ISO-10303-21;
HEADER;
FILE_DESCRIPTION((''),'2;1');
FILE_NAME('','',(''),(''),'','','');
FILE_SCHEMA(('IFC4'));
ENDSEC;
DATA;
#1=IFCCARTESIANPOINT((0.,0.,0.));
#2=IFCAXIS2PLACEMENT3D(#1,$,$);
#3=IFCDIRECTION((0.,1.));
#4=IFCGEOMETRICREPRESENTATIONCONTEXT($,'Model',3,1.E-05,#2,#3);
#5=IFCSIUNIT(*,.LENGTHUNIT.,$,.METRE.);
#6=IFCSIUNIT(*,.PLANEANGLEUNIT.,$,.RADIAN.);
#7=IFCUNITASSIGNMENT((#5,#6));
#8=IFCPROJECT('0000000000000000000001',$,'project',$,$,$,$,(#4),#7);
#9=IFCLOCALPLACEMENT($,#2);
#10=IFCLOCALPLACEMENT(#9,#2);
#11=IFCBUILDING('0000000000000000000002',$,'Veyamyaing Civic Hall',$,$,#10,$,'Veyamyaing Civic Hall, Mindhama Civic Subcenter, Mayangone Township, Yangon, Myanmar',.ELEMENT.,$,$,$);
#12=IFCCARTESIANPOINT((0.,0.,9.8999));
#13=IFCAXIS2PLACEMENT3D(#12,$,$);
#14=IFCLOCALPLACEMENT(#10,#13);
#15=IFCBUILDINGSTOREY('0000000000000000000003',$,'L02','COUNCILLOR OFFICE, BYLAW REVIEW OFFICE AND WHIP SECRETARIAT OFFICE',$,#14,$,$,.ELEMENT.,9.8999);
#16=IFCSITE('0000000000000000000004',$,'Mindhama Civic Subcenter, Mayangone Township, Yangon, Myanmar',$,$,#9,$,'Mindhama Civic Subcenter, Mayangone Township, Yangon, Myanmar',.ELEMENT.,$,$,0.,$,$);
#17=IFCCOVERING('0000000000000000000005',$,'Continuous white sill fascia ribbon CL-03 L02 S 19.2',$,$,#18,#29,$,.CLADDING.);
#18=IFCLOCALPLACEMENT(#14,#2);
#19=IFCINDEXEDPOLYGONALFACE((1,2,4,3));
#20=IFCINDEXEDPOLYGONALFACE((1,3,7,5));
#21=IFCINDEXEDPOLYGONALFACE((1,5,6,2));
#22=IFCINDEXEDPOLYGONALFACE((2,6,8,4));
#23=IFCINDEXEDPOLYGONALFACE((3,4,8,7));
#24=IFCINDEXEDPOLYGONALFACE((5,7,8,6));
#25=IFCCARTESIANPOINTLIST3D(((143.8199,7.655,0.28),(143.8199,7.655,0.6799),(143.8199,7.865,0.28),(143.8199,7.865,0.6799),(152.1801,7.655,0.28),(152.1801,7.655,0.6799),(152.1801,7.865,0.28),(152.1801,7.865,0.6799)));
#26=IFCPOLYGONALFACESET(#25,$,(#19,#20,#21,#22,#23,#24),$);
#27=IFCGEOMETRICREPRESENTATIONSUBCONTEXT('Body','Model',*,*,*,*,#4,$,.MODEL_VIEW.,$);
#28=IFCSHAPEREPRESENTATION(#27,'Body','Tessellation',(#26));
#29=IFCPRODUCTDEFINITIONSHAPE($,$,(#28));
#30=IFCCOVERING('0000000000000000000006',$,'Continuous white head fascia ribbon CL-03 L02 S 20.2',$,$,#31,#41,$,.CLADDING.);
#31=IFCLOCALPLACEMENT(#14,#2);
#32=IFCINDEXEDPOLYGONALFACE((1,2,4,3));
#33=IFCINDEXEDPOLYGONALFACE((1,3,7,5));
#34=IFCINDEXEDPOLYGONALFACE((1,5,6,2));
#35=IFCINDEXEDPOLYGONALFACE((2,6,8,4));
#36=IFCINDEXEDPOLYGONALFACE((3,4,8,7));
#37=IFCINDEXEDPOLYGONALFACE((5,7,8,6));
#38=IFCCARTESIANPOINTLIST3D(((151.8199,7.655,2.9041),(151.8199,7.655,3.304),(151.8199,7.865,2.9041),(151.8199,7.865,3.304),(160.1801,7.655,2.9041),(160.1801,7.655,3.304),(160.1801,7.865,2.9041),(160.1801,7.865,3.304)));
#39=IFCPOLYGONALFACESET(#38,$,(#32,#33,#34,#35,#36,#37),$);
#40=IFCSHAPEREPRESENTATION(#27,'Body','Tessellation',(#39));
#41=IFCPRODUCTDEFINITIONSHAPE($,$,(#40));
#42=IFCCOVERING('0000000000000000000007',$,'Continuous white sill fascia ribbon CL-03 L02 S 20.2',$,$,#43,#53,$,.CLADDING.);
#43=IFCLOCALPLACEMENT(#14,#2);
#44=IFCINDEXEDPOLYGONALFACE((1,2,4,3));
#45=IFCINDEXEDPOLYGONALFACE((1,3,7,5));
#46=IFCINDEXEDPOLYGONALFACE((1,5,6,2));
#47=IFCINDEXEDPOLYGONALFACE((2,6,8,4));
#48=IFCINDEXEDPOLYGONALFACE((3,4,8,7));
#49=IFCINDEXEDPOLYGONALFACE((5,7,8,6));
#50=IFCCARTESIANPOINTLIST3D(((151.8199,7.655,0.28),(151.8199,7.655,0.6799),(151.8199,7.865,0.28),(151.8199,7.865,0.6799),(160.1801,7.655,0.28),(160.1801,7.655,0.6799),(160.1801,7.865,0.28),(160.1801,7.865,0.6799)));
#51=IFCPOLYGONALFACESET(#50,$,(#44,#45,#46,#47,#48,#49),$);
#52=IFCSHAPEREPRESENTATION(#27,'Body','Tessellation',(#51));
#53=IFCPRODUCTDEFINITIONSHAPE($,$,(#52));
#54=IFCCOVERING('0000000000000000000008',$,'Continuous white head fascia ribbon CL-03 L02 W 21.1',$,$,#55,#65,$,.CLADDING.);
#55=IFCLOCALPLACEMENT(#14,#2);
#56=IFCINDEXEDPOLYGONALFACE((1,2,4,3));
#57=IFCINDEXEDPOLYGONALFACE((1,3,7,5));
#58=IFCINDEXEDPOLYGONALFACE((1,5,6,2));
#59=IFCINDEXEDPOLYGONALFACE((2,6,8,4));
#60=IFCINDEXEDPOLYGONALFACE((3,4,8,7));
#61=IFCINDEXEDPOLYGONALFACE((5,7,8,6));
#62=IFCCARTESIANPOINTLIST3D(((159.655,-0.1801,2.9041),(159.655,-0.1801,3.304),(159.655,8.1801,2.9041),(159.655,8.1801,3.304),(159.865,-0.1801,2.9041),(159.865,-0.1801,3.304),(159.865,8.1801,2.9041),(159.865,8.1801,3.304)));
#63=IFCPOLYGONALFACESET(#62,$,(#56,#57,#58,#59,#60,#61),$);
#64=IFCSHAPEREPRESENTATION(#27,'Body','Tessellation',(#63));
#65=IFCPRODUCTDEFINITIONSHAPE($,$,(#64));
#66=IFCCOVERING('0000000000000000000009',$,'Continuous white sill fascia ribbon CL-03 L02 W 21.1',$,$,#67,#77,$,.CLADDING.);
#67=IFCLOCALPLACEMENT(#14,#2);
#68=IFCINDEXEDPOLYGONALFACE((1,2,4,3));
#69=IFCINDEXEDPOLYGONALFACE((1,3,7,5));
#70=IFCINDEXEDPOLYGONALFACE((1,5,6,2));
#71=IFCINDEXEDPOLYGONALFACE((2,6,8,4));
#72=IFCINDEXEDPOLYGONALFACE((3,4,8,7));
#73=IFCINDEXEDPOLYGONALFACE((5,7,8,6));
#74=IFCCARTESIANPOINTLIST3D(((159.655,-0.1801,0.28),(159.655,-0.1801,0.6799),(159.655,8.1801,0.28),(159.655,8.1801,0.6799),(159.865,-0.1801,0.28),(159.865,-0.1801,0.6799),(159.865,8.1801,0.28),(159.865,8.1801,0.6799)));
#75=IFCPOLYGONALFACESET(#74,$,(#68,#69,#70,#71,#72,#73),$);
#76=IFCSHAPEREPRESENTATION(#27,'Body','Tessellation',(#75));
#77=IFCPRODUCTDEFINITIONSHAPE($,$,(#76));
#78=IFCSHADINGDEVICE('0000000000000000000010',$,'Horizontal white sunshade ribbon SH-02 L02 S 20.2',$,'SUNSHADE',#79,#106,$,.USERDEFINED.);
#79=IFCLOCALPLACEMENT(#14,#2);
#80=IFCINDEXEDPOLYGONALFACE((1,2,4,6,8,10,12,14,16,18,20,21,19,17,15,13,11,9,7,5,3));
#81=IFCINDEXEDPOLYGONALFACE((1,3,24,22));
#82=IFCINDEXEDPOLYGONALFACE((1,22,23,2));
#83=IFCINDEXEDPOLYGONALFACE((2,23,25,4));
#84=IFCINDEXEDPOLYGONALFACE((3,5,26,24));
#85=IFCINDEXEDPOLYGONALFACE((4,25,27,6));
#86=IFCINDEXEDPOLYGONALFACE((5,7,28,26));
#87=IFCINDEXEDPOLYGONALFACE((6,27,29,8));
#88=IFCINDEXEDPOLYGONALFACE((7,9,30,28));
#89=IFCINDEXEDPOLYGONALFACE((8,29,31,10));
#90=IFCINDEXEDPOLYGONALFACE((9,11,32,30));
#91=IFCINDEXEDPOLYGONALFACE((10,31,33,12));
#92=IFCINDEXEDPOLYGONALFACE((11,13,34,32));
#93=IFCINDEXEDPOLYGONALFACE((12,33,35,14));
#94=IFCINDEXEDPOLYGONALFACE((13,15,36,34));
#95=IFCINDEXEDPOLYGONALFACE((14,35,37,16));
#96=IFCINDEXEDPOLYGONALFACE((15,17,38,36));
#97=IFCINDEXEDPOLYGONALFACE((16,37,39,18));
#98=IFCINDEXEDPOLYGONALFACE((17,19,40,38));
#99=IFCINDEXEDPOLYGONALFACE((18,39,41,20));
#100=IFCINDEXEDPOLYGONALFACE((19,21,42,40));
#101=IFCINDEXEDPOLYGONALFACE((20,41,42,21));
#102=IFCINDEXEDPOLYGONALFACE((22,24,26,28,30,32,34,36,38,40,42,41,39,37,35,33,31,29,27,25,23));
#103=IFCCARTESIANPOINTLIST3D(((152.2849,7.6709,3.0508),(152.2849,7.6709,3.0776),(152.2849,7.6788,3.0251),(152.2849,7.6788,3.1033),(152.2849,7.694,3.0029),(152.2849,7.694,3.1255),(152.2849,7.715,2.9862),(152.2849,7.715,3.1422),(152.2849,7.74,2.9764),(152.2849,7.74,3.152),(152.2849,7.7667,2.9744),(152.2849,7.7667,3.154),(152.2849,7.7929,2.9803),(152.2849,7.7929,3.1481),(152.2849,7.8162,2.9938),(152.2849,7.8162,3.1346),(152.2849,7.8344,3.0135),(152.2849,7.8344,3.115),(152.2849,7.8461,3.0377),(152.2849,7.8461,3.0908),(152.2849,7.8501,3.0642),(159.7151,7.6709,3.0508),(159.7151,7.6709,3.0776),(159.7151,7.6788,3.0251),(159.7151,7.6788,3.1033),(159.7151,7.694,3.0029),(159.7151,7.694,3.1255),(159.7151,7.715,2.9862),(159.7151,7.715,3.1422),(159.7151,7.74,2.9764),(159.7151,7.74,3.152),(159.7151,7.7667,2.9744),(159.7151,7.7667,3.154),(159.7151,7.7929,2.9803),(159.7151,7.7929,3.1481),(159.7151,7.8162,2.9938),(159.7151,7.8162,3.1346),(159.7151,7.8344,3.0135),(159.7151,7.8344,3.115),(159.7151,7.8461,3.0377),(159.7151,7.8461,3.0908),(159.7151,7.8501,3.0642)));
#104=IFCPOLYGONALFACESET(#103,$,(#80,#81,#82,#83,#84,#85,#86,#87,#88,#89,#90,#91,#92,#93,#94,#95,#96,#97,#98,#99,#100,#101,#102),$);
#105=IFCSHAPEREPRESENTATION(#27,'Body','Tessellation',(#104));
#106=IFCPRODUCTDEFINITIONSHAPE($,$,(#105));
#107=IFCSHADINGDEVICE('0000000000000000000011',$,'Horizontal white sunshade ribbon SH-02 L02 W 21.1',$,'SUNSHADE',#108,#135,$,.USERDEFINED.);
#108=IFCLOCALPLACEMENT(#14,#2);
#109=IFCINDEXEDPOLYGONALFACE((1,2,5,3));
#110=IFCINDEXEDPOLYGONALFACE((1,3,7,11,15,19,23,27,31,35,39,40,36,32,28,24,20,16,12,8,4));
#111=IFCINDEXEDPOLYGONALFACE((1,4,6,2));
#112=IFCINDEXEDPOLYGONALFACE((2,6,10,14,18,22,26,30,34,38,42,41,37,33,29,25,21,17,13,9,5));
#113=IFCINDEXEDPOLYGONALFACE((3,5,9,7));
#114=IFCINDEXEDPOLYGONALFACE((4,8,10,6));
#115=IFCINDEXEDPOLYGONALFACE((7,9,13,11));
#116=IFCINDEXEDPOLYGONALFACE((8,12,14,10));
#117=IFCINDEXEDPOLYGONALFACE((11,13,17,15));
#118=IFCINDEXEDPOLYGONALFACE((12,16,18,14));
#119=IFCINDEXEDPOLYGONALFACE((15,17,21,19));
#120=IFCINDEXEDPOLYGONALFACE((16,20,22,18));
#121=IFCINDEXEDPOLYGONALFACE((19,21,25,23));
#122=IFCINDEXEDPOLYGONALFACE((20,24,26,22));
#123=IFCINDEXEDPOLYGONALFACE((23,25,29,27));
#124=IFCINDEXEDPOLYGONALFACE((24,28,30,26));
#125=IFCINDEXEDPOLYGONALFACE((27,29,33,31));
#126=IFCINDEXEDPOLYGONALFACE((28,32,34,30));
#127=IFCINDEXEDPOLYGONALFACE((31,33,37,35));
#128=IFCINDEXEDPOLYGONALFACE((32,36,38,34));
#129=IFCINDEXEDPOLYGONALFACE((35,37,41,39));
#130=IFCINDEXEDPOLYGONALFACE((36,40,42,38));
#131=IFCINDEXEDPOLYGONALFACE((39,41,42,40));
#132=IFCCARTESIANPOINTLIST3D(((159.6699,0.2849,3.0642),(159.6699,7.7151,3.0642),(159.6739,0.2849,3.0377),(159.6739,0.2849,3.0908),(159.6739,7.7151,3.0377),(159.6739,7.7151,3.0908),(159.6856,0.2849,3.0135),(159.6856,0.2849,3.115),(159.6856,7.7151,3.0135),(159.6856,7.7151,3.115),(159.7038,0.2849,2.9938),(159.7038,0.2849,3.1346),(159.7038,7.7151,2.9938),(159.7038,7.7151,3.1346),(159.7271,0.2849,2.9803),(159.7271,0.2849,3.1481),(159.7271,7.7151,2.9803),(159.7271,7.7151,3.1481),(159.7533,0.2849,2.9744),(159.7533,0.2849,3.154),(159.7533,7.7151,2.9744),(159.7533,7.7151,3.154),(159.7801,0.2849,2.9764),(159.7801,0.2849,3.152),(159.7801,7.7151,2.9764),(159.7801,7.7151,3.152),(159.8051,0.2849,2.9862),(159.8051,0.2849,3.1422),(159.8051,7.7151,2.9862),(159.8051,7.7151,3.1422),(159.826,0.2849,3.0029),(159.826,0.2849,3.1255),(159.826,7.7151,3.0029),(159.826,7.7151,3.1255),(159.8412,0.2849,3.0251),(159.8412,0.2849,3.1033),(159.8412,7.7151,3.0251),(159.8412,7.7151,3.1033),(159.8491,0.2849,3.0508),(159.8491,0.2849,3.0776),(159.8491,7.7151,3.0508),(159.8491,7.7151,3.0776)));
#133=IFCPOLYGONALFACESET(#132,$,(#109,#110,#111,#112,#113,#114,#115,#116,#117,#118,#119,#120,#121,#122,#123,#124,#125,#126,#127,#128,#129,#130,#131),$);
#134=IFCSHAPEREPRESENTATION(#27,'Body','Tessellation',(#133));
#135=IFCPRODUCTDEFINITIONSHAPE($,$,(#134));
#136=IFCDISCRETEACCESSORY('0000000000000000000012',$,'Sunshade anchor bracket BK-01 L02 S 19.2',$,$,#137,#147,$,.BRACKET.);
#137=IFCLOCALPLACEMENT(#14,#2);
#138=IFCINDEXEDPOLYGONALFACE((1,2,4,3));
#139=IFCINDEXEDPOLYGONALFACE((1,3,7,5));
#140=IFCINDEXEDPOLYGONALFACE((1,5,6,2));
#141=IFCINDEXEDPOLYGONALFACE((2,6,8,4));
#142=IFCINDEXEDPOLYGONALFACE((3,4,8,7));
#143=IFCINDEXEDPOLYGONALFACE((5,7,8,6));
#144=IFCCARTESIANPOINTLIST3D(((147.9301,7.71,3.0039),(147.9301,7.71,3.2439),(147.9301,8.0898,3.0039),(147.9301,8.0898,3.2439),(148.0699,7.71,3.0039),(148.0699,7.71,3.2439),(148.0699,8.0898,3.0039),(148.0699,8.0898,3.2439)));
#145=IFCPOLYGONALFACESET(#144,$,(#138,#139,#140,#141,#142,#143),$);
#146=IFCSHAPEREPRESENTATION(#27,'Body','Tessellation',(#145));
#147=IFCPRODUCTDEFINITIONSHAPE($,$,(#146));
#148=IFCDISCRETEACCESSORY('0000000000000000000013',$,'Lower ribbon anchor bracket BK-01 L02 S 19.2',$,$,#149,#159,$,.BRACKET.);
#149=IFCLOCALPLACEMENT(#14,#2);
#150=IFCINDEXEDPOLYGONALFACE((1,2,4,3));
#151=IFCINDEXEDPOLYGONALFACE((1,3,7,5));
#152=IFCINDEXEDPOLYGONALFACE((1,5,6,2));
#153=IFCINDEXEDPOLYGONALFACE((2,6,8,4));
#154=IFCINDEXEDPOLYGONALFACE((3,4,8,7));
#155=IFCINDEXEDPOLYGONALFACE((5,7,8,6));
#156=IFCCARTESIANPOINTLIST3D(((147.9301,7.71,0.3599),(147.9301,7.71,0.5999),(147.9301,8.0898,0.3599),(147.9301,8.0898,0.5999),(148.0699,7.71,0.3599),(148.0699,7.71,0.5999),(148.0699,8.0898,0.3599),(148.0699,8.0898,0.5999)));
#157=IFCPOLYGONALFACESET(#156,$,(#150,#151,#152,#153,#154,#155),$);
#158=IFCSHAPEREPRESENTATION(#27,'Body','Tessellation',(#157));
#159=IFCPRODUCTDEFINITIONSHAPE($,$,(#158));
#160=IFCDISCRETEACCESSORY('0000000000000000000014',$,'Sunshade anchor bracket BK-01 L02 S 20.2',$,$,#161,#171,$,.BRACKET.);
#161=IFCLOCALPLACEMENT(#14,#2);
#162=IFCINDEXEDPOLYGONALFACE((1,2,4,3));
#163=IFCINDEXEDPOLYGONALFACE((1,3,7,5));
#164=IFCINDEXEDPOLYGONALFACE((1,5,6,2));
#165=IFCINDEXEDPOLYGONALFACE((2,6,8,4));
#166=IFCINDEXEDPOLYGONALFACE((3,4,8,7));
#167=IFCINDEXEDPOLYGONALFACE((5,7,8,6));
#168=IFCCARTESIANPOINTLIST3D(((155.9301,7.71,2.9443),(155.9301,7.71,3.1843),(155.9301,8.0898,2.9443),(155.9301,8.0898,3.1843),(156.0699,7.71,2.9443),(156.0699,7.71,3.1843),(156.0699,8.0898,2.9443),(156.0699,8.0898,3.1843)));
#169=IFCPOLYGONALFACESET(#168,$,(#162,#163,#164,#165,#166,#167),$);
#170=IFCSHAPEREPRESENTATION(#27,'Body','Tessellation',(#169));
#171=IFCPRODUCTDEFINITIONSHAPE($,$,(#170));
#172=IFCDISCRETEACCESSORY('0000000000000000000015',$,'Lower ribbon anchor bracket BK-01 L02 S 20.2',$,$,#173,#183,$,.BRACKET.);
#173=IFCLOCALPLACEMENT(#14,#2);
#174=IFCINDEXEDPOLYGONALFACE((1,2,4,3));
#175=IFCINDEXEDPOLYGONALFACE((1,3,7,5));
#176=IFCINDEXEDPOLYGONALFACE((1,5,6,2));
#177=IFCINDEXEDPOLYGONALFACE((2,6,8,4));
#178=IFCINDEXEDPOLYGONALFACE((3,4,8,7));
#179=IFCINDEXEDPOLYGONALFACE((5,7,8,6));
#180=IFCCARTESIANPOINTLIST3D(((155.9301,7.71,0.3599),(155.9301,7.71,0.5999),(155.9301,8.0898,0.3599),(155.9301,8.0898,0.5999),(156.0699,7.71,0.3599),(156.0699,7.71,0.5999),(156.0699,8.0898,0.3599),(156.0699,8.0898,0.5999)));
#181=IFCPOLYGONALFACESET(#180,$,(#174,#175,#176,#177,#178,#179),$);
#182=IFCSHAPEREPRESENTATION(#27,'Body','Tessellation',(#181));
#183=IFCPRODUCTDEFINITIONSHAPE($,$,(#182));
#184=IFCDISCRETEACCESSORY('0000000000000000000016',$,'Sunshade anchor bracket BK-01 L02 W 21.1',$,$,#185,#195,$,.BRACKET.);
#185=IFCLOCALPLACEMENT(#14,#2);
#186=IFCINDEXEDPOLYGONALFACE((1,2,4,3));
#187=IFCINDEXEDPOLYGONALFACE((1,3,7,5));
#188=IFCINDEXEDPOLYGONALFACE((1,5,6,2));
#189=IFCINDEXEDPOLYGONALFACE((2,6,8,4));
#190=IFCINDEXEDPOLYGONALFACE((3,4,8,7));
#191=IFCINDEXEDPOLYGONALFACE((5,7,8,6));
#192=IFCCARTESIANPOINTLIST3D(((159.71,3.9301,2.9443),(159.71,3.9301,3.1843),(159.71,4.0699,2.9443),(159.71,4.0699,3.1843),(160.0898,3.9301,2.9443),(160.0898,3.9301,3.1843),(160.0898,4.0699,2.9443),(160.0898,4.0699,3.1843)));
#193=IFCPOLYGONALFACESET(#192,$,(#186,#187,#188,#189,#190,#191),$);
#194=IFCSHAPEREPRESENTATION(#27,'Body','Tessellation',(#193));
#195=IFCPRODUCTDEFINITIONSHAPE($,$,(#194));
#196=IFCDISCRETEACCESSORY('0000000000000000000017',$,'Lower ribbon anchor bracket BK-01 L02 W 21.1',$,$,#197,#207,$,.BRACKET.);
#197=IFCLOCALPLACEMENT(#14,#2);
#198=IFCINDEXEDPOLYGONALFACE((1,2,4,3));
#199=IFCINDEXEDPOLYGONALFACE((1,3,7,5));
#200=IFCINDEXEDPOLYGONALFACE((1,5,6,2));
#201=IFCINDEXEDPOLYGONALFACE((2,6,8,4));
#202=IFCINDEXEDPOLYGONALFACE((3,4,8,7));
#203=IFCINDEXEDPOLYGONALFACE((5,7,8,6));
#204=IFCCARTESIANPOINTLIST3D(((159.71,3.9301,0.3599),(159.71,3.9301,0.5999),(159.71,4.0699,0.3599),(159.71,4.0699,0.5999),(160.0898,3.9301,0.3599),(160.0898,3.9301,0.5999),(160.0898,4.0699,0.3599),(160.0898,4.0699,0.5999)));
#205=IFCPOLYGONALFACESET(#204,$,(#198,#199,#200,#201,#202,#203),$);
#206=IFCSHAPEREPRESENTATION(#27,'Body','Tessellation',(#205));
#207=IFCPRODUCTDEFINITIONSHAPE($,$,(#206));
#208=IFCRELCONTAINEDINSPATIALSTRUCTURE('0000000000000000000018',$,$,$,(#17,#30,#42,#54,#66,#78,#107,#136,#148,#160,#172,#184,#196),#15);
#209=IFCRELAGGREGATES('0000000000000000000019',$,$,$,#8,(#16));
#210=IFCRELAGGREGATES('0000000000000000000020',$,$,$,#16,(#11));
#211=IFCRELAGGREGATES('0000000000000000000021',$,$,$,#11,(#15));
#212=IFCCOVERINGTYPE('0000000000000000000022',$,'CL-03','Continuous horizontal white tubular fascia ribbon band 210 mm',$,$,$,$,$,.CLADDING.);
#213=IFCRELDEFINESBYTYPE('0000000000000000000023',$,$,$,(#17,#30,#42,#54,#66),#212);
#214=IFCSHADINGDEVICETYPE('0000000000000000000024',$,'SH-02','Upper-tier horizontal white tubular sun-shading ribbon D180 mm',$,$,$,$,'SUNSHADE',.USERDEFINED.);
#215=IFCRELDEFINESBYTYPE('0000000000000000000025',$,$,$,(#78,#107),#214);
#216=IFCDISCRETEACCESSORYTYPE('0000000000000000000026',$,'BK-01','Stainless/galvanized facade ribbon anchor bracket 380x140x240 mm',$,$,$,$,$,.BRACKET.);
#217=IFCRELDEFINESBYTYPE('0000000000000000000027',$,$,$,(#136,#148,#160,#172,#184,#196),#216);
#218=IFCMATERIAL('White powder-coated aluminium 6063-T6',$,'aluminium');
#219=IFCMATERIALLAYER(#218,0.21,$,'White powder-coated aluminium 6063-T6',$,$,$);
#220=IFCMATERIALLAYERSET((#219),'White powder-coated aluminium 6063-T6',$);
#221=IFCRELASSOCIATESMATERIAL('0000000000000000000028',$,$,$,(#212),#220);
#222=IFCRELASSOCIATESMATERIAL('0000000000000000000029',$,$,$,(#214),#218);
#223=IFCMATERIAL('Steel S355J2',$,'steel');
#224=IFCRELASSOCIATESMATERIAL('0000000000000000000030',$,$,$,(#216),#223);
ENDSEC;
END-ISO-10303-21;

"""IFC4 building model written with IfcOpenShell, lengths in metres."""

from ifc_helpers import new_model, si_unit, direction, frame, origin, origin_2d, place, context, subcontext, project, spatial, rectangle, circle, extrude, material, layer, layer_set, material_profile, profile_set, type_object, element, save


model = new_model("IFC4")

# Units and contexts
model_context = context("Model", 3, precision=1e-05, world=origin(), true_north=direction((0.0, 1.0)))
body_context = subcontext(model_context, "Body", "Model", "MODEL_VIEW")
ifc_project = project(units=[si_unit("LENGTHUNIT", "METRE"), si_unit("PLANEANGLEUNIT", "RADIAN")], contexts=[model_context])

# Site, building, storey
site_placement = place(None, origin())
site = spatial("IfcSite", under=ifc_project, at=site_placement, Name="Mindhama Civic Subcenter, Mayangone Township, Yangon, Myanmar", LongName="Mindhama Civic Subcenter, Mayangone Township, Yangon, Myanmar", CompositionType="ELEMENT", RefElevation=0.0)
building_placement = place(site_placement, origin())
building = spatial("IfcBuilding", under=site, at=building_placement, Name="Veyamyaing Civic Hall", LongName="Veyamyaing Civic Hall, Mindhama Civic Subcenter, Mayangone Township, Yangon, Myanmar", CompositionType="ELEMENT")
storey_placement = place(building_placement, frame((0.0, 0.0, 9.8999)))
storey = spatial("IfcBuildingStorey", under=building, at=storey_placement, Name="L02", Description="COUNCILLOR OFFICE, BYLAW REVIEW OFFICE AND WHIP SECRETARIAT OFFICE", CompositionType="ELEMENT", Elevation=9.8999)

# Coverings
ifc_material_1 = material(Name="White powder-coated aluminium 6063-T6", Category="aluminium")
ifc_layer_1 = layer(ifc_material_1, 0.21, Name="White powder-coated aluminium 6063-T6")
ifc_layer_set_1 = layer_set([ifc_layer_1], Name="White powder-coated aluminium 6063-T6")
covering_type_1 = type_object("IfcCoveringType", Name="CL-03", Description="Continuous horizontal white tubular fascia ribbon band 210 mm", PredefinedType="CLADDING", material=ifc_layer_set_1)
for number, where, z_axis, x_axis, name in (
    (1, (148.0, 7.76, 0.28), (0.0, 0.0, 1.0), (1.0, 0.0, 0.0), "Continuous white sill fascia ribbon CL-03 L02 S 19.2"),
    (2, (156.0, 7.76, 2.9041), (0.0, 0.0, 1.0), (1.0, 0.0, 0.0), "Continuous white head fascia ribbon CL-03 L02 S 20.2"),
    (3, (156.0, 7.76, 0.28), (0.0, 0.0, 1.0), (1.0, 0.0, 0.0), "Continuous white sill fascia ribbon CL-03 L02 S 20.2"),
    (4, (159.76, 4.0, 2.9041), (0.0, 0.0, 1.0), (0.0, 1.0, 0.0), "Continuous white head fascia ribbon CL-03 L02 W 21.1"),
    (5, (159.76, 4.0, 0.28), (0.0, 0.0, 1.0), (0.0, 1.0, 0.0), "Continuous white sill fascia ribbon CL-03 L02 W 21.1"),
):
    element("IfcCovering", number, at=place(storey_placement, frame(where, z_axis=z_axis, x_axis=x_axis)), inside=storey, type_object=covering_type_1, Name=name, PredefinedType="CLADDING", context=body_context, shape_type="SweptSolid", body=[
        extrude(rectangle(XDim=8.3601, YDim=0.21, at=origin_2d()), origin(), (0.0, 0.0, 1.0), 0.3999),
    ])

# Shading devices
ifc_material_profile_1 = material_profile(ifc_material_1, circle(Radius=0.0901, at=origin_2d()), Name="SHADE-TUBE-180")
ifc_profile_set_1 = profile_set([ifc_material_profile_1], Name="White powder-coated aluminium 6063-T6")
shading_device_type = type_object("IfcShadingDeviceType", Name="SH-02", Description="Upper-tier horizontal white tubular sun-shading ribbon D180 mm", ElementType="SUNSHADE", PredefinedType="USERDEFINED", material=ifc_profile_set_1)
for number, where, z_axis, x_axis, name in (
    (6, (152.2849, 7.76, 3.0642), (1.0, 0.0, 0.0), (0.0, 1.0, 0.0), "Horizontal white sunshade ribbon SH-02 L02 S 20.2"),
    (7, (159.76, 0.2849, 3.0642), (0.0, 1.0, 0.0), (-1.0, 0.0, 0.0), "Horizontal white sunshade ribbon SH-02 L02 W 21.1"),
):
    element("IfcShadingDevice", number, at=place(storey_placement, frame(where, z_axis=z_axis, x_axis=x_axis)), inside=storey, type_object=shading_device_type, Name=name, ObjectType="SUNSHADE", PredefinedType="USERDEFINED", context=body_context, shape_type="SweptSolid", body=[
        extrude(circle(Radius=0.0901, at=origin_2d()), origin(), (0.0, 0.0, 1.0), 7.4302),
    ])

# Discrete accessories
ifc_material_2 = material(Name="Steel S355J2", Category="steel")
discrete_accessory_type = type_object("IfcDiscreteAccessoryType", Name="BK-01", Description="Stainless/galvanized facade ribbon anchor bracket 380x140x240 mm", PredefinedType="BRACKET", material=ifc_material_2)
for number, where, z_axis, x_axis, name in (
    (8, (148.0, 7.8999, 3.0039), (0.0, 0.0, 1.0), (0.0, -1.0, 0.0), "Sunshade anchor bracket BK-01 L02 S 19.2"),
    (9, (148.0, 7.8999, 0.3599), (0.0, 0.0, 1.0), (0.0, -1.0, 0.0), "Lower ribbon anchor bracket BK-01 L02 S 19.2"),
    (10, (156.0, 7.8999, 2.9443), (0.0, 0.0, 1.0), (0.0, -1.0, 0.0), "Sunshade anchor bracket BK-01 L02 S 20.2"),
    (11, (156.0, 7.8999, 0.3599), (0.0, 0.0, 1.0), (0.0, -1.0, 0.0), "Lower ribbon anchor bracket BK-01 L02 S 20.2"),
    (12, (159.8999, 4.0, 2.9443), (0.0, 0.0, 1.0), (-1.0, 0.0, 0.0), "Sunshade anchor bracket BK-01 L02 W 21.1"),
    (13, (159.8999, 4.0, 0.3599), (0.0, 0.0, 1.0), (-1.0, 0.0, 0.0), "Lower ribbon anchor bracket BK-01 L02 W 21.1"),
):
    element("IfcDiscreteAccessory", number, at=place(storey_placement, frame(where, z_axis=z_axis, x_axis=x_axis)), inside=storey, type_object=discrete_accessory_type, Name=name, PredefinedType="BRACKET", context=body_context, shape_type="SweptSolid", body=[
        extrude(rectangle(XDim=0.3799, YDim=0.1399, at=origin_2d()), origin(), (0.0, 0.0, 1.0), 0.24),
    ])

save(model, "model.ifc")
